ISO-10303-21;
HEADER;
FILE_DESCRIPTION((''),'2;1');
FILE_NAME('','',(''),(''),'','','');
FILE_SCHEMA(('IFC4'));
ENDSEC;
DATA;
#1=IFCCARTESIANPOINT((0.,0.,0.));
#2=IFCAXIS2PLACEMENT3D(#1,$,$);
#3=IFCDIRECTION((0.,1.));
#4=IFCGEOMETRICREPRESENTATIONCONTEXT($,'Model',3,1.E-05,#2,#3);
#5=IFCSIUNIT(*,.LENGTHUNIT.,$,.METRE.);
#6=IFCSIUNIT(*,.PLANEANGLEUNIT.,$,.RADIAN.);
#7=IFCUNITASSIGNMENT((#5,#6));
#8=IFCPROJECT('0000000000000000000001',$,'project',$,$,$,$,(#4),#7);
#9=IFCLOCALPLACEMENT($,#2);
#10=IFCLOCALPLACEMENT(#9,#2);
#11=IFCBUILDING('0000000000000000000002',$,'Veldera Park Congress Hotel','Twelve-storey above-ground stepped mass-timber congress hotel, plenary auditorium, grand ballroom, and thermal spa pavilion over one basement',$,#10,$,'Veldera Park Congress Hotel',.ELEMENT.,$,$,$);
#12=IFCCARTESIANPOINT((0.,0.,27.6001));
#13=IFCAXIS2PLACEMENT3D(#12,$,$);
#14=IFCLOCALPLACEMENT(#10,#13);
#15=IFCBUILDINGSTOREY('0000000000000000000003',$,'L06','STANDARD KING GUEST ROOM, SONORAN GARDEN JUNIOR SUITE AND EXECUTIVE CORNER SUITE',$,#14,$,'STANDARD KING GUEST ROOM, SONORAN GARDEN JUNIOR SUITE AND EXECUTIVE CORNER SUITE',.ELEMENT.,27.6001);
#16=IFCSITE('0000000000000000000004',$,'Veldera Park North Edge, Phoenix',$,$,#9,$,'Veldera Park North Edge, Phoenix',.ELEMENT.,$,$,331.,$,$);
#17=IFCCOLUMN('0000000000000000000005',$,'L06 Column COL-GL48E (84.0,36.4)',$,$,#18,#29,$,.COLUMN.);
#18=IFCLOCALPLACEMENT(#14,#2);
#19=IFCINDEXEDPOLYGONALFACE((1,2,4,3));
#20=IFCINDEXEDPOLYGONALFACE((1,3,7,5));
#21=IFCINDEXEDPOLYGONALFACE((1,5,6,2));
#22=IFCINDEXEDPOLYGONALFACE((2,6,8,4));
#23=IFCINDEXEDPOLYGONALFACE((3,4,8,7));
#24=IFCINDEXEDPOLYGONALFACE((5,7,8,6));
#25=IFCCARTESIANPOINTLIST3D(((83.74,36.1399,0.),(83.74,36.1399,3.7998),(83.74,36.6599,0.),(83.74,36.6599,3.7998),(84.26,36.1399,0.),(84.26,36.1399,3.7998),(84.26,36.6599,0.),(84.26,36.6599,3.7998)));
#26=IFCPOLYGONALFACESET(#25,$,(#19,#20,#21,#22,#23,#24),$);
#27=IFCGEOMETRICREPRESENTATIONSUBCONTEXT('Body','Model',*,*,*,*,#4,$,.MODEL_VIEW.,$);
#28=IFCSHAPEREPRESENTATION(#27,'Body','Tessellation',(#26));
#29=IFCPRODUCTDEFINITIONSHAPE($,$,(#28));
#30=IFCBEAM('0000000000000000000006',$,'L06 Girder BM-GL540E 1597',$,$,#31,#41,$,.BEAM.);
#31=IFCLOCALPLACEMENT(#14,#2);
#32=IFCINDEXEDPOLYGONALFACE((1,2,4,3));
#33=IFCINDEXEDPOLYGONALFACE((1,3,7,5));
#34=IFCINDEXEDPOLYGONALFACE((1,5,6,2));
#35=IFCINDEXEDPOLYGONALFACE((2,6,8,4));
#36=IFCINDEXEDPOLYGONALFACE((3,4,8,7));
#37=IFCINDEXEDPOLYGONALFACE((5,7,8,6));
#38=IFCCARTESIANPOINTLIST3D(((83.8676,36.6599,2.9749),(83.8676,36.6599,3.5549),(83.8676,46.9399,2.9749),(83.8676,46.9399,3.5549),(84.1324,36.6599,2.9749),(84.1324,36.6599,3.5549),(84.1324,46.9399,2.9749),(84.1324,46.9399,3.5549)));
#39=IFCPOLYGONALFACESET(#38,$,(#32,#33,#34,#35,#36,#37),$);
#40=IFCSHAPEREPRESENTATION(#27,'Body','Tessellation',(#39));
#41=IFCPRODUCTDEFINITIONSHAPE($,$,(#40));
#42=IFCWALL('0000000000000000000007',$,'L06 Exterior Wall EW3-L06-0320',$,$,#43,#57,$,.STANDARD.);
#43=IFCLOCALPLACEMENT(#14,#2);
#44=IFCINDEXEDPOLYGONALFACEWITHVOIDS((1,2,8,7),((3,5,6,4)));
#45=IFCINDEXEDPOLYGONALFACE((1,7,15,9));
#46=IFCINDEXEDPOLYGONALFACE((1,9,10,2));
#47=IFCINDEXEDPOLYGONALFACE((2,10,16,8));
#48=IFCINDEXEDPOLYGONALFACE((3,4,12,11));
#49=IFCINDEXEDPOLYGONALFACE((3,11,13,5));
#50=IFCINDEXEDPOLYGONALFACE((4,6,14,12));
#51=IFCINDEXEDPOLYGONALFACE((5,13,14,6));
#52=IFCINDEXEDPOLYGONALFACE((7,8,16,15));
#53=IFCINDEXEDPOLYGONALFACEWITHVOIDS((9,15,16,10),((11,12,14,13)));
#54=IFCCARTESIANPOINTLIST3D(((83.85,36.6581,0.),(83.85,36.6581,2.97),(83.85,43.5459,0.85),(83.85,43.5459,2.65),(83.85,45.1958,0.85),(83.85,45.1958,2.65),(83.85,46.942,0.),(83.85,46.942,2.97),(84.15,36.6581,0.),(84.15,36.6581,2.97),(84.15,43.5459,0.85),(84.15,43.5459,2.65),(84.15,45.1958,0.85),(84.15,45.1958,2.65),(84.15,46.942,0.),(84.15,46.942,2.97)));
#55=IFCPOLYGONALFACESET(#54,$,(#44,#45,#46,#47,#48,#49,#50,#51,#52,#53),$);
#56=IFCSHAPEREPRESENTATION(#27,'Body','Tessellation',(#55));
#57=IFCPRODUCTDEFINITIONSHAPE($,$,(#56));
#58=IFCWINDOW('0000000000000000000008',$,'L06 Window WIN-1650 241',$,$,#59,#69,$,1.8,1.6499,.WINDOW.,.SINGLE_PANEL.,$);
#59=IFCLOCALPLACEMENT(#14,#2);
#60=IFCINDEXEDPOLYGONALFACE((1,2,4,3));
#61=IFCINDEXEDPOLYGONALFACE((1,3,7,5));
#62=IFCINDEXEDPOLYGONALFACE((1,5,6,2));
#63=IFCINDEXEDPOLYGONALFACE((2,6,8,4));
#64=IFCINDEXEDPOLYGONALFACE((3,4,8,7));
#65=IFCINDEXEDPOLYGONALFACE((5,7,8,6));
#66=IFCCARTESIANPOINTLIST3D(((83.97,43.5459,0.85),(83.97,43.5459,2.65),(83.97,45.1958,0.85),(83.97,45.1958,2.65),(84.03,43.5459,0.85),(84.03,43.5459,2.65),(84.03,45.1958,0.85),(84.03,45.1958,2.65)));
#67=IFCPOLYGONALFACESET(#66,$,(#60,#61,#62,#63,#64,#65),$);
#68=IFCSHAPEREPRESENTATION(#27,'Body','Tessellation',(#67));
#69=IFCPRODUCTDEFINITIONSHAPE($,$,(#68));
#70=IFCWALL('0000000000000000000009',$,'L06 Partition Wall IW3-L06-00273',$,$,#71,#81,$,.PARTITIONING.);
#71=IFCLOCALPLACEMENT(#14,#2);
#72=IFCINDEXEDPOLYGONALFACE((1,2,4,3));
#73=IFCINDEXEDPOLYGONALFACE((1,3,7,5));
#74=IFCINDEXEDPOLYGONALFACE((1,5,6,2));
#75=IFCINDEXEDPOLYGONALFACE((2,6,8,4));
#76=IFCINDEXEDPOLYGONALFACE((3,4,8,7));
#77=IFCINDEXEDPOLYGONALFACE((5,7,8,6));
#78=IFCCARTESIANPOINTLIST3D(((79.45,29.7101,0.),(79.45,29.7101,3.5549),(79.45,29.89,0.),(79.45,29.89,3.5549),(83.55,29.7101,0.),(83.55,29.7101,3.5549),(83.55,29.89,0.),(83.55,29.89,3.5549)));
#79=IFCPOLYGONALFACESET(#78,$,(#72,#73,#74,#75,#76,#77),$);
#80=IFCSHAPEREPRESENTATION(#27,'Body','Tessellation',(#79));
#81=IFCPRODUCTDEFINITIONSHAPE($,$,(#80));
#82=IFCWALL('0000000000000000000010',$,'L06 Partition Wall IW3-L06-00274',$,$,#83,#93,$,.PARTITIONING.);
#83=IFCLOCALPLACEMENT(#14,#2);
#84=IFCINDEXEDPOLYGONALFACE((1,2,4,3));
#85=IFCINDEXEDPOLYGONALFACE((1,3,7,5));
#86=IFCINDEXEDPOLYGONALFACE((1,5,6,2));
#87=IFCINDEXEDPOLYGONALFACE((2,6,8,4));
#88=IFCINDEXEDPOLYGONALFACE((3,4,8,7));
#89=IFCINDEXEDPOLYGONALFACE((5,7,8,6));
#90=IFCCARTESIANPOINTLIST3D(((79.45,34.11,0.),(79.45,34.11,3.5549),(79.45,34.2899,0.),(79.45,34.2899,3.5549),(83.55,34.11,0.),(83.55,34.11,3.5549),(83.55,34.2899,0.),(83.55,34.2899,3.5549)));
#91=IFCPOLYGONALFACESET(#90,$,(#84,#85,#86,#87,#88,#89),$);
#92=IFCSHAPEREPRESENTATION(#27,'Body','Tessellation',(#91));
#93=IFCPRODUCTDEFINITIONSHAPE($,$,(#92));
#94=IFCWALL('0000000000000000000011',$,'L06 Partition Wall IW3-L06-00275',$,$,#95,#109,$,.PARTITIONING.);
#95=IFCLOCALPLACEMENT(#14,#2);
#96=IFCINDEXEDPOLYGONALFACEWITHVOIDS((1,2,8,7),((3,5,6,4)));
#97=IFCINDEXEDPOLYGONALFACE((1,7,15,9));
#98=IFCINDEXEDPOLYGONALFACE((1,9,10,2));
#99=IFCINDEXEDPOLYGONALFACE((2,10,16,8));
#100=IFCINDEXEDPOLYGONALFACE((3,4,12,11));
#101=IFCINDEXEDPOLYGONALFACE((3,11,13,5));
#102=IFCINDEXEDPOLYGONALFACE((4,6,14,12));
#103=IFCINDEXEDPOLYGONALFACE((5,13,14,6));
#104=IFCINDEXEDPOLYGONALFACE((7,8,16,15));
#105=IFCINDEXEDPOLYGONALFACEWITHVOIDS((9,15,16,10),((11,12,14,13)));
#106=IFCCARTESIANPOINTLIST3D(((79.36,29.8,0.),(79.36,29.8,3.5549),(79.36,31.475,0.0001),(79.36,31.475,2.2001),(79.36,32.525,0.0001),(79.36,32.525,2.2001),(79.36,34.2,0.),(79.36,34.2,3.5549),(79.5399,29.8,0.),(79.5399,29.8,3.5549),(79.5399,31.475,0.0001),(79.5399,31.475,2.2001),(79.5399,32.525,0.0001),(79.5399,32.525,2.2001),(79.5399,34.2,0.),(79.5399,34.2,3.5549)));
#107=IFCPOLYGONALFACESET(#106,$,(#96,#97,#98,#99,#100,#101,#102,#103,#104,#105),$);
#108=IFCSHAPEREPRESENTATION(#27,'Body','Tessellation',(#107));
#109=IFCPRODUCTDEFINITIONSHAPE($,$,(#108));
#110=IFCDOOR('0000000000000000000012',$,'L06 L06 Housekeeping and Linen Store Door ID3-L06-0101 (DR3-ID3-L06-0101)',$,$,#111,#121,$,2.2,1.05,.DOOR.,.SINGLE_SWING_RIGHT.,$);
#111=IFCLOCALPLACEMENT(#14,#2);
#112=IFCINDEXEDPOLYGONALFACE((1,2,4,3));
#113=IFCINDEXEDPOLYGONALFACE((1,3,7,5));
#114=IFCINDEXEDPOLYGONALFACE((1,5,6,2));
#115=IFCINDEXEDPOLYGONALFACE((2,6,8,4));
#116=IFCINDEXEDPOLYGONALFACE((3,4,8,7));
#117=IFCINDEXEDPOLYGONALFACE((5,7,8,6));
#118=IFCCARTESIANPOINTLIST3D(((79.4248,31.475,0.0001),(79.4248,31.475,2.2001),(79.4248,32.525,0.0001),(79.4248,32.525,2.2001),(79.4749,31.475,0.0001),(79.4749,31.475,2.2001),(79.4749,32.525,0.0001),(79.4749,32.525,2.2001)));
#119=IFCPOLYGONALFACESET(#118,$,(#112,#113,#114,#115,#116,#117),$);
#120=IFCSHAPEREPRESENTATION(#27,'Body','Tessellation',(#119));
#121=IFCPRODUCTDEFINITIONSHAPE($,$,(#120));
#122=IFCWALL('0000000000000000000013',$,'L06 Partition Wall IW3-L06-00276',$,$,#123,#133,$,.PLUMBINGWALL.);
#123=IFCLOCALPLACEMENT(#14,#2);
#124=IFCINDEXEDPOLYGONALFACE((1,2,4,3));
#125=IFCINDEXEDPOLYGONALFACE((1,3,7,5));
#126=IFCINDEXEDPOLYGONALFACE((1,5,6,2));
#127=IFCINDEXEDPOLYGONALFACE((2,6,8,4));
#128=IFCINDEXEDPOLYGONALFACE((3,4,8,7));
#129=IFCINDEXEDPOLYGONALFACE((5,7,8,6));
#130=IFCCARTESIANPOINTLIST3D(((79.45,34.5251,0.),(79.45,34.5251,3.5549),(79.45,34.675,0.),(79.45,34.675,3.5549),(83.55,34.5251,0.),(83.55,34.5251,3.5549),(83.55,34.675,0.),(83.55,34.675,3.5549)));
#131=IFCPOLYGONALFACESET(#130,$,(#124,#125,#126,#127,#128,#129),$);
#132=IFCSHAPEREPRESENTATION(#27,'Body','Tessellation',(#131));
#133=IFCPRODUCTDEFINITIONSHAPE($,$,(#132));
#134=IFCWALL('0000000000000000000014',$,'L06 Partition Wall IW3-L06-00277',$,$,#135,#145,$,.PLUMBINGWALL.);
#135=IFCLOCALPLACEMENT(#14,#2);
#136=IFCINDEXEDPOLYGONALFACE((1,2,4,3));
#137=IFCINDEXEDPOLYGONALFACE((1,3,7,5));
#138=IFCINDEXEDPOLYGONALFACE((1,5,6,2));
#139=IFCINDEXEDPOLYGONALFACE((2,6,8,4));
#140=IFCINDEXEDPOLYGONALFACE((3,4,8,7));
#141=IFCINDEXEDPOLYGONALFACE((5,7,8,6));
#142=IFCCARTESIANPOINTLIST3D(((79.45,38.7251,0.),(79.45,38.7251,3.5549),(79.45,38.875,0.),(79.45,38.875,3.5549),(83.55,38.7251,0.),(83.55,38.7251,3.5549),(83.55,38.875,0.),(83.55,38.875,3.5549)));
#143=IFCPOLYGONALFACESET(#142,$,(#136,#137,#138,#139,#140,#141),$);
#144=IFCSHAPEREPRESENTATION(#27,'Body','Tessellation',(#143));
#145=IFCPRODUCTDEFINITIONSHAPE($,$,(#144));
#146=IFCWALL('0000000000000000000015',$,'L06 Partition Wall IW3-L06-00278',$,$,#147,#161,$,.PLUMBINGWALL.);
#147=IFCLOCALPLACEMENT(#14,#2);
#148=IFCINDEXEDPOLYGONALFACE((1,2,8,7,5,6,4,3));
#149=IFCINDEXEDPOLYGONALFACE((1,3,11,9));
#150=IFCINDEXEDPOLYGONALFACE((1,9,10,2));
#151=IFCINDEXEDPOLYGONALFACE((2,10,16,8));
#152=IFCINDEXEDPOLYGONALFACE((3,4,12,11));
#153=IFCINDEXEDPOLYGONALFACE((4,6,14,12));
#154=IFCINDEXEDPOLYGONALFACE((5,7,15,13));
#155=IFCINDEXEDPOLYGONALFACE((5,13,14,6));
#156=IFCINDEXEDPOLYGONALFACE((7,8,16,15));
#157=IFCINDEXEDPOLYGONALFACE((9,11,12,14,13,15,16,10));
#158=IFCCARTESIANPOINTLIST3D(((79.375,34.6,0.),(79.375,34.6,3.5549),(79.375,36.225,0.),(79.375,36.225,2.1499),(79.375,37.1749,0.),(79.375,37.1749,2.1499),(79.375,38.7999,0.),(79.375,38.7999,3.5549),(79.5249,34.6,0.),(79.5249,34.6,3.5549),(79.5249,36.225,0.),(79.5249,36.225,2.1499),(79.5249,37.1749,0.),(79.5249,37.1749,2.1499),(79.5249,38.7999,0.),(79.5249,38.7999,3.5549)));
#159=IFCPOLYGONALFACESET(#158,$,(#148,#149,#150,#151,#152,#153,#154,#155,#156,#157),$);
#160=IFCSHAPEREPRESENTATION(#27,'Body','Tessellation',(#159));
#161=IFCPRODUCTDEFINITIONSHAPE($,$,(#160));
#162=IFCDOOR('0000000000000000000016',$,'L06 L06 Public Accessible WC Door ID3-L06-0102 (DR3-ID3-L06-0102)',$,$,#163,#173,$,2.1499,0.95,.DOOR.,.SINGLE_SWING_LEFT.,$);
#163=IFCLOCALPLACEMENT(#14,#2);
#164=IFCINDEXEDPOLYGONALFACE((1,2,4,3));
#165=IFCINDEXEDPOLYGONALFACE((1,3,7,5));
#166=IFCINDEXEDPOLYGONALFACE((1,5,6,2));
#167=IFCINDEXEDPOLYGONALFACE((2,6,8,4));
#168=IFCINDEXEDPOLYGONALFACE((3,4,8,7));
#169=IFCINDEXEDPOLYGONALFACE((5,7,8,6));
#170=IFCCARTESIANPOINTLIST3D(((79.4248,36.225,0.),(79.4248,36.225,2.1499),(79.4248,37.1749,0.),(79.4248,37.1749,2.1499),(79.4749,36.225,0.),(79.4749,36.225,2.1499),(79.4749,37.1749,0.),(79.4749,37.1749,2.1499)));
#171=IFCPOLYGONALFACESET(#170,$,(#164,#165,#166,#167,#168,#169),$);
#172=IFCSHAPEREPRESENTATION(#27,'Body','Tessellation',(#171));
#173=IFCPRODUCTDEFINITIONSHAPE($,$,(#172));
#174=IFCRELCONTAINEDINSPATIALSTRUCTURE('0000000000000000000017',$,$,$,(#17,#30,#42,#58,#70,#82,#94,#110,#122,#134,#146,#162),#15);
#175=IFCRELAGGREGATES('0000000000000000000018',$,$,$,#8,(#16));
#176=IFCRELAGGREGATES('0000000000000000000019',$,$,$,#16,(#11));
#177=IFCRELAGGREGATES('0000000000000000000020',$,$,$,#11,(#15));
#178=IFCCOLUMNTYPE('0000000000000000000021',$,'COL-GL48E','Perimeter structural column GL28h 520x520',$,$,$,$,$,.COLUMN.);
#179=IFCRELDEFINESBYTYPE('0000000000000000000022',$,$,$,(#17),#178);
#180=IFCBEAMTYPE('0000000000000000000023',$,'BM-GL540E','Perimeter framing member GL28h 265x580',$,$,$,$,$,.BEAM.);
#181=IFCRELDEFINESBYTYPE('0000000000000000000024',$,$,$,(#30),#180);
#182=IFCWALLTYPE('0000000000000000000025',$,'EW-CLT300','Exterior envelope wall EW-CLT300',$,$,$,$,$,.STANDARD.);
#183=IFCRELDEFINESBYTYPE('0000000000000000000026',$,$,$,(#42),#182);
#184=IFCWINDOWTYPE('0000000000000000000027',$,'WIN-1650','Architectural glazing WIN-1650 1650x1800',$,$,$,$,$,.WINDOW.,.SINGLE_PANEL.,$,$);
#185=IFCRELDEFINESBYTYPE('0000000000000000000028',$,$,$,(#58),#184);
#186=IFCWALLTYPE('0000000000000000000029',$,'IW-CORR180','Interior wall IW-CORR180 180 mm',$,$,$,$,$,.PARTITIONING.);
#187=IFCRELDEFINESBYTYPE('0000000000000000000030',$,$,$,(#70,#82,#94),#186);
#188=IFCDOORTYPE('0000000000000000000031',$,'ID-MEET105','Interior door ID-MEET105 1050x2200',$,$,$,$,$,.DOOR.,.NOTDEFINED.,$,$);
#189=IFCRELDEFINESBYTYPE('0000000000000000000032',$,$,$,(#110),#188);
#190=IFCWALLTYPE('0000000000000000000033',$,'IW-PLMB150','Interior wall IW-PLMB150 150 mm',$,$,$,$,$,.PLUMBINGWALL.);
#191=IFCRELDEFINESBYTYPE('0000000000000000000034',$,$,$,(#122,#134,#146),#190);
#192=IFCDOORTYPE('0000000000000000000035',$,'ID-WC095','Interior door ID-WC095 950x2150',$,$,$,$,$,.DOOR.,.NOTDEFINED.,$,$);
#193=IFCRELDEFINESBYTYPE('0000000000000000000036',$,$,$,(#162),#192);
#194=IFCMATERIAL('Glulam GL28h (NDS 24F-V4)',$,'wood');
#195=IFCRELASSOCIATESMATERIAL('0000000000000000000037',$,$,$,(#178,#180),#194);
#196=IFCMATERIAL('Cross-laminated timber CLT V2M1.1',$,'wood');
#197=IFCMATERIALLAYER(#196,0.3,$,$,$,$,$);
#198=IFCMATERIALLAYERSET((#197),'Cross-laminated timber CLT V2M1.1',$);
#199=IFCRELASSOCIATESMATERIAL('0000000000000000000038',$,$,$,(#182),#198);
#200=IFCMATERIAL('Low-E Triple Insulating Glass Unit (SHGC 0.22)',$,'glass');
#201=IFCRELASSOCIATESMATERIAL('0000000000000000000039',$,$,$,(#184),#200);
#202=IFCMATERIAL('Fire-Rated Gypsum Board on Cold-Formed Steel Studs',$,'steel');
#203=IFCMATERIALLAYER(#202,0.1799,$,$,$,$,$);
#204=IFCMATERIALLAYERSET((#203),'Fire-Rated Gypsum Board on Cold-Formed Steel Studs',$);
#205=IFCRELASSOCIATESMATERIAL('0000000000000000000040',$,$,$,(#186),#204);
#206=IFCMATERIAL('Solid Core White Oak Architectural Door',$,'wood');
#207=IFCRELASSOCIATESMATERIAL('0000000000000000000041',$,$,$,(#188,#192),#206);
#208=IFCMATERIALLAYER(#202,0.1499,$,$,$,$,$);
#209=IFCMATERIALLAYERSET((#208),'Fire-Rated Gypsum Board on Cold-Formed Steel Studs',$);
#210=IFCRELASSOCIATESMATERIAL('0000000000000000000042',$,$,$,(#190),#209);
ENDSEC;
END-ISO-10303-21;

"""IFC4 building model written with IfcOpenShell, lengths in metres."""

from ifc_helpers import new_model, si_unit, direction, frame, frame_2d, origin, origin_2d, place, context, subcontext, project, spatial, rectangle, extrude, material, layer, layer_set, material_profile, profile_set, type_object, element, fill, save


model = new_model("IFC4")

# Units and contexts
model_context = context("Model", 3, precision=1e-05, world=origin(), true_north=direction((0.0, 1.0)))
body_context = subcontext(model_context, "Body", "Model", "MODEL_VIEW")
ifc_project = project(units=[si_unit("LENGTHUNIT", "METRE"), si_unit("PLANEANGLEUNIT", "RADIAN")], contexts=[model_context])

# Site, building, storey
site_placement = place(None, origin())
site = spatial("IfcSite", under=ifc_project, at=site_placement, Name="Veldera Park North Edge, Phoenix", LongName="Veldera Park North Edge, Phoenix", CompositionType="ELEMENT", RefElevation=331.0)
building_placement = place(site_placement, origin())
building = spatial("IfcBuilding", under=site, at=building_placement, Name="Veldera Park Congress Hotel", Description="Twelve-storey above-ground stepped mass-timber congress hotel, plenary auditorium, grand ballroom, and thermal spa pavilion over one basement", LongName="Veldera Park Congress Hotel", CompositionType="ELEMENT")
storey_placement = place(building_placement, frame((0.0, 0.0, 27.6001)))
storey = spatial("IfcBuildingStorey", under=building, at=storey_placement, Name="L06", Description="STANDARD KING GUEST ROOM, SONORAN GARDEN JUNIOR SUITE AND EXECUTIVE CORNER SUITE", LongName="STANDARD KING GUEST ROOM, SONORAN GARDEN JUNIOR SUITE AND EXECUTIVE CORNER SUITE", CompositionType="ELEMENT", Elevation=27.6001)

# Column
ifc_material_1 = material(Name="Glulam GL28h (NDS 24F-V4)", Category="wood")
ifc_material_profile_1 = material_profile(ifc_material_1, rectangle(XDim=0.52, YDim=0.52, at=origin_2d()), Name="GL28h 520x520")
ifc_profile_set_1 = profile_set([ifc_material_profile_1], Name="Glulam GL28h (NDS 24F-V4)")
column_type = type_object("IfcColumnType", Name="COL-GL48E", Description="Perimeter structural column GL28h 520x520", PredefinedType="COLUMN", material=ifc_profile_set_1)
column_placement = place(storey_placement, frame((84.0, 36.3999, 0.0), z_axis=(0.0, 0.0, 1.0), x_axis=(1.0, 0.0, 0.0)))
element("IfcColumn", 1, at=column_placement, inside=storey, type_object=column_type, Name="L06 Column COL-GL48E (84.0,36.4)", PredefinedType="COLUMN", context=body_context, shape_type="SweptSolid", body=[
    extrude(rectangle(XDim=0.52, YDim=0.52, at=origin_2d()), origin(), (0.0, 0.0, 1.0), 3.7998),
])

# Beam
ifc_material_profile_2 = material_profile(ifc_material_1, rectangle(XDim=0.2649, YDim=0.5801, at=origin_2d()), Name="GL28h 265x580")
ifc_profile_set_2 = profile_set([ifc_material_profile_2], Name="Glulam GL28h (NDS 24F-V4)")
beam_type = type_object("IfcBeamType", Name="BM-GL540E", Description="Perimeter framing member GL28h 265x580", PredefinedType="BEAM", material=ifc_profile_set_2)
beam_placement = place(storey_placement, frame((84.0, 36.6599, 3.2649), z_axis=(0.0, 1.0, 0.0), x_axis=(-1.0, 0.0, 0.0)))
element("IfcBeam", 2, at=beam_placement, inside=storey, type_object=beam_type, Name="L06 Girder BM-GL540E 1597", PredefinedType="BEAM", context=body_context, shape_type="SweptSolid", body=[
    extrude(rectangle(XDim=0.2649, YDim=0.5801, at=origin_2d()), origin(), (0.0, 0.0, 1.0), 10.28),
])

# Wall, opening, window
ifc_material_2 = material(Name="Cross-laminated timber CLT V2M1.1", Category="wood")
ifc_layer_1 = layer(ifc_material_2, 0.3)
ifc_layer_set_1 = layer_set([ifc_layer_1], Name="Cross-laminated timber CLT V2M1.1")
wall_type_1 = type_object("IfcWallType", Name="EW-CLT300", Description="Exterior envelope wall EW-CLT300", PredefinedType="STANDARD", material=ifc_layer_set_1)
wall_1_placement = place(storey_placement, frame((84.0, 36.658, 0.0), z_axis=(0.0, 0.0, 1.0), x_axis=(0.0, 1.0, 0.0)))
wall_1 = element("IfcWall", 3, at=wall_1_placement, inside=storey, type_object=wall_type_1, Name="L06 Exterior Wall EW3-L06-0320", PredefinedType="STANDARD", context=body_context, shape_type="SweptSolid", body=[
    extrude(rectangle(XDim=10.2839, YDim=0.3, at=frame_2d((5.1421, 0.0))), origin(), (0.0, 0.0, 1.0), 2.97),
])
opening_1_placement = place(wall_1_placement, frame((6.8879, 0.0, 0.8501)))
opening_1 = element("IfcOpeningElement", 4, at=opening_1_placement, cuts=wall_1, PredefinedType="OPENING", context=body_context, shape_type="SweptSolid", body=[
    extrude(rectangle(XDim=1.6499, YDim=1.8, at=frame_2d((0.825, 0.8999))), frame((0.0, 0.1621, 0.0), z_axis=(0.0, -1.0, 0.0), x_axis=(1.0, 0.0, 0.0)), (0.0, 0.0, 1.0), 0.324),
])
ifc_material_3 = material(Name="Low-E Triple Insulating Glass Unit (SHGC 0.22)", Category="glass")
window_type = type_object("IfcWindowType", Name="WIN-1650", Description="Architectural glazing WIN-1650 1650x1800", PartitioningType="SINGLE_PANEL", PredefinedType="WINDOW", material=ifc_material_3)
window_placement = place(opening_1_placement, origin())
window = element("IfcWindow", 5, at=window_placement, inside=storey, type_object=window_type, Name="L06 Window WIN-1650 241", OverallHeight=1.8, OverallWidth=1.6499, PartitioningType="SINGLE_PANEL", PredefinedType="WINDOW", context=body_context, shape_type="SweptSolid", body=[
    extrude(rectangle(XDim=1.6499, YDim=1.8, at=frame_2d((0.825, 0.8999))), frame((0.0, 0.03, 0.0), z_axis=(0.0, -1.0, 0.0), x_axis=(1.0, 0.0, 0.0)), (0.0, 0.0, 1.0), 0.0601),
])
fill(opening_1, window)

# Walls
ifc_material_4 = material(Name="Fire-Rated Gypsum Board on Cold-Formed Steel Studs", Category="steel")
ifc_layer_2 = layer(ifc_material_4, 0.1799)
ifc_layer_set_2 = layer_set([ifc_layer_2], Name="Fire-Rated Gypsum Board on Cold-Formed Steel Studs")
wall_type_2 = type_object("IfcWallType", Name="IW-CORR180", Description="Interior wall IW-CORR180 180 mm", PredefinedType="PARTITIONING", material=ifc_layer_set_2)
for number, where, z_axis, x_axis, name in (
    (6, (79.45, 29.8, 0.0), (0.0, 0.0, 1.0), (1.0, 0.0, 0.0), "L06 Partition Wall IW3-L06-00273"),
    (7, (83.55, 34.2, 0.0), (0.0, 0.0, 1.0), (-1.0, 0.0, 0.0), "L06 Partition Wall IW3-L06-00274"),
):
    element("IfcWall", number, at=place(storey_placement, frame(where, z_axis=z_axis, x_axis=x_axis)), inside=storey, type_object=wall_type_2, Name=name, PredefinedType="PARTITIONING", context=body_context, shape_type="SweptSolid", body=[
        extrude(rectangle(XDim=4.1001, YDim=0.1799, at=frame_2d((2.05, 0.0))), origin(), (0.0, 0.0, 1.0), 3.5549),
    ])

# Wall, opening, door
wall_2_placement = place(storey_placement, frame((79.45, 34.2, 0.0), z_axis=(0.0, 0.0, 1.0), x_axis=(0.0, -1.0, 0.0)))
wall_2 = element("IfcWall", 8, at=wall_2_placement, inside=storey, type_object=wall_type_2, Name="L06 Partition Wall IW3-L06-00275", PredefinedType="PARTITIONING", context=body_context, shape_type="SweptSolid", body=[
    extrude(rectangle(XDim=4.3999, YDim=0.1799, at=frame_2d((2.2, 0.0))), origin(), (0.0, 0.0, 1.0), 3.5549),
])
opening_2_placement = place(wall_2_placement, frame((1.675, 0.0, 0.0)))
opening_2 = element("IfcOpeningElement", 9, at=opening_2_placement, cuts=wall_2, PredefinedType="OPENING", context=body_context, shape_type="SweptSolid", body=[
    extrude(rectangle(XDim=1.05, YDim=2.2, at=frame_2d((0.5249, 1.1001))), frame((0.0, 0.1021, 0.0), z_axis=(0.0, -1.0, 0.0), x_axis=(1.0, 0.0, 0.0)), (0.0, 0.0, 1.0), 0.2039),
])
ifc_material_5 = material(Name="Solid Core White Oak Architectural Door", Category="wood")
door_type_1 = type_object("IfcDoorType", Name="ID-MEET105", Description="Interior door ID-MEET105 1050x2200", OperationType="NOTDEFINED", PredefinedType="DOOR", material=ifc_material_5)
door_1_placement = place(opening_2_placement, origin())
door_1 = element("IfcDoor", 10, at=door_1_placement, inside=storey, type_object=door_type_1, Name="L06 L06 Housekeeping and Linen Store Door ID3-L06-0101 (DR3-ID3-L06-0101)", OperationType="SINGLE_SWING_RIGHT", OverallHeight=2.2, OverallWidth=1.05, PredefinedType="DOOR", context=body_context, shape_type="SweptSolid", body=[
    extrude(rectangle(XDim=1.05, YDim=2.2, at=frame_2d((0.5249, 1.1001))), frame((0.0, 0.0249, 0.0), z_axis=(0.0, -1.0, 0.0), x_axis=(1.0, 0.0, 0.0)), (0.0, 0.0, 1.0), 0.05),
])
fill(opening_2, door_1)

# Walls
ifc_layer_3 = layer(ifc_material_4, 0.1499)
ifc_layer_set_3 = layer_set([ifc_layer_3], Name="Fire-Rated Gypsum Board on Cold-Formed Steel Studs")
wall_type_3 = type_object("IfcWallType", Name="IW-PLMB150", Description="Interior wall IW-PLMB150 150 mm", PredefinedType="PLUMBINGWALL", material=ifc_layer_set_3)
for number, where, z_axis, x_axis, name in (
    (11, (79.45, 34.6001, 0.0), (0.0, 0.0, 1.0), (1.0, 0.0, 0.0), "L06 Partition Wall IW3-L06-00276"),
    (12, (83.55, 38.8, 0.0), (0.0, 0.0, 1.0), (-1.0, 0.0, 0.0), "L06 Partition Wall IW3-L06-00277"),
):
    element("IfcWall", number, at=place(storey_placement, frame(where, z_axis=z_axis, x_axis=x_axis)), inside=storey, type_object=wall_type_3, Name=name, PredefinedType="PLUMBINGWALL", context=body_context, shape_type="SweptSolid", body=[
        extrude(rectangle(XDim=4.1001, YDim=0.1499, at=frame_2d((2.05, 0.0))), origin(), (0.0, 0.0, 1.0), 3.5549),
    ])

# Wall, opening, door
wall_3_placement = place(storey_placement, frame((79.45, 38.8, 0.0), z_axis=(0.0, 0.0, 1.0), x_axis=(0.0, -1.0, 0.0)))
wall_3 = element("IfcWall", 13, at=wall_3_placement, inside=storey, type_object=wall_type_3, Name="L06 Partition Wall IW3-L06-00278", PredefinedType="PLUMBINGWALL", context=body_context, shape_type="SweptSolid", body=[
    extrude(rectangle(XDim=4.2, YDim=0.1499, at=frame_2d((2.1001, 0.0))), origin(), (0.0, 0.0, 1.0), 3.5549),
])
opening_3_placement = place(wall_3_placement, frame((1.625, 0.0, 0.0)))
opening_3 = element("IfcOpeningElement", 14, at=opening_3_placement, cuts=wall_3, PredefinedType="OPENING", context=body_context, shape_type="SweptSolid", body=[
    extrude(rectangle(XDim=0.95, YDim=2.1499, at=frame_2d((0.4751, 1.075))), frame((0.0, 0.0869, 0.0), z_axis=(0.0, -1.0, 0.0), x_axis=(1.0, 0.0, 0.0)), (0.0, 0.0, 1.0), 0.1738),
])
door_type_2 = type_object("IfcDoorType", Name="ID-WC095", Description="Interior door ID-WC095 950x2150", OperationType="NOTDEFINED", PredefinedType="DOOR", material=ifc_material_5)
door_2_placement = place(opening_3_placement, origin())
door_2 = element("IfcDoor", 15, at=door_2_placement, inside=storey, type_object=door_type_2, Name="L06 L06 Public Accessible WC Door ID3-L06-0102 (DR3-ID3-L06-0102)", OperationType="SINGLE_SWING_LEFT", OverallHeight=2.1499, OverallWidth=0.95, PredefinedType="DOOR", context=body_context, shape_type="SweptSolid", body=[
    extrude(rectangle(XDim=0.95, YDim=2.1499, at=frame_2d((0.4751, 1.075))), frame((0.0, 0.0249, 0.0), z_axis=(0.0, -1.0, 0.0), x_axis=(1.0, 0.0, 0.0)), (0.0, 0.0, 1.0), 0.05),
])
fill(opening_3, door_2)

save(model, "model.ifc")
